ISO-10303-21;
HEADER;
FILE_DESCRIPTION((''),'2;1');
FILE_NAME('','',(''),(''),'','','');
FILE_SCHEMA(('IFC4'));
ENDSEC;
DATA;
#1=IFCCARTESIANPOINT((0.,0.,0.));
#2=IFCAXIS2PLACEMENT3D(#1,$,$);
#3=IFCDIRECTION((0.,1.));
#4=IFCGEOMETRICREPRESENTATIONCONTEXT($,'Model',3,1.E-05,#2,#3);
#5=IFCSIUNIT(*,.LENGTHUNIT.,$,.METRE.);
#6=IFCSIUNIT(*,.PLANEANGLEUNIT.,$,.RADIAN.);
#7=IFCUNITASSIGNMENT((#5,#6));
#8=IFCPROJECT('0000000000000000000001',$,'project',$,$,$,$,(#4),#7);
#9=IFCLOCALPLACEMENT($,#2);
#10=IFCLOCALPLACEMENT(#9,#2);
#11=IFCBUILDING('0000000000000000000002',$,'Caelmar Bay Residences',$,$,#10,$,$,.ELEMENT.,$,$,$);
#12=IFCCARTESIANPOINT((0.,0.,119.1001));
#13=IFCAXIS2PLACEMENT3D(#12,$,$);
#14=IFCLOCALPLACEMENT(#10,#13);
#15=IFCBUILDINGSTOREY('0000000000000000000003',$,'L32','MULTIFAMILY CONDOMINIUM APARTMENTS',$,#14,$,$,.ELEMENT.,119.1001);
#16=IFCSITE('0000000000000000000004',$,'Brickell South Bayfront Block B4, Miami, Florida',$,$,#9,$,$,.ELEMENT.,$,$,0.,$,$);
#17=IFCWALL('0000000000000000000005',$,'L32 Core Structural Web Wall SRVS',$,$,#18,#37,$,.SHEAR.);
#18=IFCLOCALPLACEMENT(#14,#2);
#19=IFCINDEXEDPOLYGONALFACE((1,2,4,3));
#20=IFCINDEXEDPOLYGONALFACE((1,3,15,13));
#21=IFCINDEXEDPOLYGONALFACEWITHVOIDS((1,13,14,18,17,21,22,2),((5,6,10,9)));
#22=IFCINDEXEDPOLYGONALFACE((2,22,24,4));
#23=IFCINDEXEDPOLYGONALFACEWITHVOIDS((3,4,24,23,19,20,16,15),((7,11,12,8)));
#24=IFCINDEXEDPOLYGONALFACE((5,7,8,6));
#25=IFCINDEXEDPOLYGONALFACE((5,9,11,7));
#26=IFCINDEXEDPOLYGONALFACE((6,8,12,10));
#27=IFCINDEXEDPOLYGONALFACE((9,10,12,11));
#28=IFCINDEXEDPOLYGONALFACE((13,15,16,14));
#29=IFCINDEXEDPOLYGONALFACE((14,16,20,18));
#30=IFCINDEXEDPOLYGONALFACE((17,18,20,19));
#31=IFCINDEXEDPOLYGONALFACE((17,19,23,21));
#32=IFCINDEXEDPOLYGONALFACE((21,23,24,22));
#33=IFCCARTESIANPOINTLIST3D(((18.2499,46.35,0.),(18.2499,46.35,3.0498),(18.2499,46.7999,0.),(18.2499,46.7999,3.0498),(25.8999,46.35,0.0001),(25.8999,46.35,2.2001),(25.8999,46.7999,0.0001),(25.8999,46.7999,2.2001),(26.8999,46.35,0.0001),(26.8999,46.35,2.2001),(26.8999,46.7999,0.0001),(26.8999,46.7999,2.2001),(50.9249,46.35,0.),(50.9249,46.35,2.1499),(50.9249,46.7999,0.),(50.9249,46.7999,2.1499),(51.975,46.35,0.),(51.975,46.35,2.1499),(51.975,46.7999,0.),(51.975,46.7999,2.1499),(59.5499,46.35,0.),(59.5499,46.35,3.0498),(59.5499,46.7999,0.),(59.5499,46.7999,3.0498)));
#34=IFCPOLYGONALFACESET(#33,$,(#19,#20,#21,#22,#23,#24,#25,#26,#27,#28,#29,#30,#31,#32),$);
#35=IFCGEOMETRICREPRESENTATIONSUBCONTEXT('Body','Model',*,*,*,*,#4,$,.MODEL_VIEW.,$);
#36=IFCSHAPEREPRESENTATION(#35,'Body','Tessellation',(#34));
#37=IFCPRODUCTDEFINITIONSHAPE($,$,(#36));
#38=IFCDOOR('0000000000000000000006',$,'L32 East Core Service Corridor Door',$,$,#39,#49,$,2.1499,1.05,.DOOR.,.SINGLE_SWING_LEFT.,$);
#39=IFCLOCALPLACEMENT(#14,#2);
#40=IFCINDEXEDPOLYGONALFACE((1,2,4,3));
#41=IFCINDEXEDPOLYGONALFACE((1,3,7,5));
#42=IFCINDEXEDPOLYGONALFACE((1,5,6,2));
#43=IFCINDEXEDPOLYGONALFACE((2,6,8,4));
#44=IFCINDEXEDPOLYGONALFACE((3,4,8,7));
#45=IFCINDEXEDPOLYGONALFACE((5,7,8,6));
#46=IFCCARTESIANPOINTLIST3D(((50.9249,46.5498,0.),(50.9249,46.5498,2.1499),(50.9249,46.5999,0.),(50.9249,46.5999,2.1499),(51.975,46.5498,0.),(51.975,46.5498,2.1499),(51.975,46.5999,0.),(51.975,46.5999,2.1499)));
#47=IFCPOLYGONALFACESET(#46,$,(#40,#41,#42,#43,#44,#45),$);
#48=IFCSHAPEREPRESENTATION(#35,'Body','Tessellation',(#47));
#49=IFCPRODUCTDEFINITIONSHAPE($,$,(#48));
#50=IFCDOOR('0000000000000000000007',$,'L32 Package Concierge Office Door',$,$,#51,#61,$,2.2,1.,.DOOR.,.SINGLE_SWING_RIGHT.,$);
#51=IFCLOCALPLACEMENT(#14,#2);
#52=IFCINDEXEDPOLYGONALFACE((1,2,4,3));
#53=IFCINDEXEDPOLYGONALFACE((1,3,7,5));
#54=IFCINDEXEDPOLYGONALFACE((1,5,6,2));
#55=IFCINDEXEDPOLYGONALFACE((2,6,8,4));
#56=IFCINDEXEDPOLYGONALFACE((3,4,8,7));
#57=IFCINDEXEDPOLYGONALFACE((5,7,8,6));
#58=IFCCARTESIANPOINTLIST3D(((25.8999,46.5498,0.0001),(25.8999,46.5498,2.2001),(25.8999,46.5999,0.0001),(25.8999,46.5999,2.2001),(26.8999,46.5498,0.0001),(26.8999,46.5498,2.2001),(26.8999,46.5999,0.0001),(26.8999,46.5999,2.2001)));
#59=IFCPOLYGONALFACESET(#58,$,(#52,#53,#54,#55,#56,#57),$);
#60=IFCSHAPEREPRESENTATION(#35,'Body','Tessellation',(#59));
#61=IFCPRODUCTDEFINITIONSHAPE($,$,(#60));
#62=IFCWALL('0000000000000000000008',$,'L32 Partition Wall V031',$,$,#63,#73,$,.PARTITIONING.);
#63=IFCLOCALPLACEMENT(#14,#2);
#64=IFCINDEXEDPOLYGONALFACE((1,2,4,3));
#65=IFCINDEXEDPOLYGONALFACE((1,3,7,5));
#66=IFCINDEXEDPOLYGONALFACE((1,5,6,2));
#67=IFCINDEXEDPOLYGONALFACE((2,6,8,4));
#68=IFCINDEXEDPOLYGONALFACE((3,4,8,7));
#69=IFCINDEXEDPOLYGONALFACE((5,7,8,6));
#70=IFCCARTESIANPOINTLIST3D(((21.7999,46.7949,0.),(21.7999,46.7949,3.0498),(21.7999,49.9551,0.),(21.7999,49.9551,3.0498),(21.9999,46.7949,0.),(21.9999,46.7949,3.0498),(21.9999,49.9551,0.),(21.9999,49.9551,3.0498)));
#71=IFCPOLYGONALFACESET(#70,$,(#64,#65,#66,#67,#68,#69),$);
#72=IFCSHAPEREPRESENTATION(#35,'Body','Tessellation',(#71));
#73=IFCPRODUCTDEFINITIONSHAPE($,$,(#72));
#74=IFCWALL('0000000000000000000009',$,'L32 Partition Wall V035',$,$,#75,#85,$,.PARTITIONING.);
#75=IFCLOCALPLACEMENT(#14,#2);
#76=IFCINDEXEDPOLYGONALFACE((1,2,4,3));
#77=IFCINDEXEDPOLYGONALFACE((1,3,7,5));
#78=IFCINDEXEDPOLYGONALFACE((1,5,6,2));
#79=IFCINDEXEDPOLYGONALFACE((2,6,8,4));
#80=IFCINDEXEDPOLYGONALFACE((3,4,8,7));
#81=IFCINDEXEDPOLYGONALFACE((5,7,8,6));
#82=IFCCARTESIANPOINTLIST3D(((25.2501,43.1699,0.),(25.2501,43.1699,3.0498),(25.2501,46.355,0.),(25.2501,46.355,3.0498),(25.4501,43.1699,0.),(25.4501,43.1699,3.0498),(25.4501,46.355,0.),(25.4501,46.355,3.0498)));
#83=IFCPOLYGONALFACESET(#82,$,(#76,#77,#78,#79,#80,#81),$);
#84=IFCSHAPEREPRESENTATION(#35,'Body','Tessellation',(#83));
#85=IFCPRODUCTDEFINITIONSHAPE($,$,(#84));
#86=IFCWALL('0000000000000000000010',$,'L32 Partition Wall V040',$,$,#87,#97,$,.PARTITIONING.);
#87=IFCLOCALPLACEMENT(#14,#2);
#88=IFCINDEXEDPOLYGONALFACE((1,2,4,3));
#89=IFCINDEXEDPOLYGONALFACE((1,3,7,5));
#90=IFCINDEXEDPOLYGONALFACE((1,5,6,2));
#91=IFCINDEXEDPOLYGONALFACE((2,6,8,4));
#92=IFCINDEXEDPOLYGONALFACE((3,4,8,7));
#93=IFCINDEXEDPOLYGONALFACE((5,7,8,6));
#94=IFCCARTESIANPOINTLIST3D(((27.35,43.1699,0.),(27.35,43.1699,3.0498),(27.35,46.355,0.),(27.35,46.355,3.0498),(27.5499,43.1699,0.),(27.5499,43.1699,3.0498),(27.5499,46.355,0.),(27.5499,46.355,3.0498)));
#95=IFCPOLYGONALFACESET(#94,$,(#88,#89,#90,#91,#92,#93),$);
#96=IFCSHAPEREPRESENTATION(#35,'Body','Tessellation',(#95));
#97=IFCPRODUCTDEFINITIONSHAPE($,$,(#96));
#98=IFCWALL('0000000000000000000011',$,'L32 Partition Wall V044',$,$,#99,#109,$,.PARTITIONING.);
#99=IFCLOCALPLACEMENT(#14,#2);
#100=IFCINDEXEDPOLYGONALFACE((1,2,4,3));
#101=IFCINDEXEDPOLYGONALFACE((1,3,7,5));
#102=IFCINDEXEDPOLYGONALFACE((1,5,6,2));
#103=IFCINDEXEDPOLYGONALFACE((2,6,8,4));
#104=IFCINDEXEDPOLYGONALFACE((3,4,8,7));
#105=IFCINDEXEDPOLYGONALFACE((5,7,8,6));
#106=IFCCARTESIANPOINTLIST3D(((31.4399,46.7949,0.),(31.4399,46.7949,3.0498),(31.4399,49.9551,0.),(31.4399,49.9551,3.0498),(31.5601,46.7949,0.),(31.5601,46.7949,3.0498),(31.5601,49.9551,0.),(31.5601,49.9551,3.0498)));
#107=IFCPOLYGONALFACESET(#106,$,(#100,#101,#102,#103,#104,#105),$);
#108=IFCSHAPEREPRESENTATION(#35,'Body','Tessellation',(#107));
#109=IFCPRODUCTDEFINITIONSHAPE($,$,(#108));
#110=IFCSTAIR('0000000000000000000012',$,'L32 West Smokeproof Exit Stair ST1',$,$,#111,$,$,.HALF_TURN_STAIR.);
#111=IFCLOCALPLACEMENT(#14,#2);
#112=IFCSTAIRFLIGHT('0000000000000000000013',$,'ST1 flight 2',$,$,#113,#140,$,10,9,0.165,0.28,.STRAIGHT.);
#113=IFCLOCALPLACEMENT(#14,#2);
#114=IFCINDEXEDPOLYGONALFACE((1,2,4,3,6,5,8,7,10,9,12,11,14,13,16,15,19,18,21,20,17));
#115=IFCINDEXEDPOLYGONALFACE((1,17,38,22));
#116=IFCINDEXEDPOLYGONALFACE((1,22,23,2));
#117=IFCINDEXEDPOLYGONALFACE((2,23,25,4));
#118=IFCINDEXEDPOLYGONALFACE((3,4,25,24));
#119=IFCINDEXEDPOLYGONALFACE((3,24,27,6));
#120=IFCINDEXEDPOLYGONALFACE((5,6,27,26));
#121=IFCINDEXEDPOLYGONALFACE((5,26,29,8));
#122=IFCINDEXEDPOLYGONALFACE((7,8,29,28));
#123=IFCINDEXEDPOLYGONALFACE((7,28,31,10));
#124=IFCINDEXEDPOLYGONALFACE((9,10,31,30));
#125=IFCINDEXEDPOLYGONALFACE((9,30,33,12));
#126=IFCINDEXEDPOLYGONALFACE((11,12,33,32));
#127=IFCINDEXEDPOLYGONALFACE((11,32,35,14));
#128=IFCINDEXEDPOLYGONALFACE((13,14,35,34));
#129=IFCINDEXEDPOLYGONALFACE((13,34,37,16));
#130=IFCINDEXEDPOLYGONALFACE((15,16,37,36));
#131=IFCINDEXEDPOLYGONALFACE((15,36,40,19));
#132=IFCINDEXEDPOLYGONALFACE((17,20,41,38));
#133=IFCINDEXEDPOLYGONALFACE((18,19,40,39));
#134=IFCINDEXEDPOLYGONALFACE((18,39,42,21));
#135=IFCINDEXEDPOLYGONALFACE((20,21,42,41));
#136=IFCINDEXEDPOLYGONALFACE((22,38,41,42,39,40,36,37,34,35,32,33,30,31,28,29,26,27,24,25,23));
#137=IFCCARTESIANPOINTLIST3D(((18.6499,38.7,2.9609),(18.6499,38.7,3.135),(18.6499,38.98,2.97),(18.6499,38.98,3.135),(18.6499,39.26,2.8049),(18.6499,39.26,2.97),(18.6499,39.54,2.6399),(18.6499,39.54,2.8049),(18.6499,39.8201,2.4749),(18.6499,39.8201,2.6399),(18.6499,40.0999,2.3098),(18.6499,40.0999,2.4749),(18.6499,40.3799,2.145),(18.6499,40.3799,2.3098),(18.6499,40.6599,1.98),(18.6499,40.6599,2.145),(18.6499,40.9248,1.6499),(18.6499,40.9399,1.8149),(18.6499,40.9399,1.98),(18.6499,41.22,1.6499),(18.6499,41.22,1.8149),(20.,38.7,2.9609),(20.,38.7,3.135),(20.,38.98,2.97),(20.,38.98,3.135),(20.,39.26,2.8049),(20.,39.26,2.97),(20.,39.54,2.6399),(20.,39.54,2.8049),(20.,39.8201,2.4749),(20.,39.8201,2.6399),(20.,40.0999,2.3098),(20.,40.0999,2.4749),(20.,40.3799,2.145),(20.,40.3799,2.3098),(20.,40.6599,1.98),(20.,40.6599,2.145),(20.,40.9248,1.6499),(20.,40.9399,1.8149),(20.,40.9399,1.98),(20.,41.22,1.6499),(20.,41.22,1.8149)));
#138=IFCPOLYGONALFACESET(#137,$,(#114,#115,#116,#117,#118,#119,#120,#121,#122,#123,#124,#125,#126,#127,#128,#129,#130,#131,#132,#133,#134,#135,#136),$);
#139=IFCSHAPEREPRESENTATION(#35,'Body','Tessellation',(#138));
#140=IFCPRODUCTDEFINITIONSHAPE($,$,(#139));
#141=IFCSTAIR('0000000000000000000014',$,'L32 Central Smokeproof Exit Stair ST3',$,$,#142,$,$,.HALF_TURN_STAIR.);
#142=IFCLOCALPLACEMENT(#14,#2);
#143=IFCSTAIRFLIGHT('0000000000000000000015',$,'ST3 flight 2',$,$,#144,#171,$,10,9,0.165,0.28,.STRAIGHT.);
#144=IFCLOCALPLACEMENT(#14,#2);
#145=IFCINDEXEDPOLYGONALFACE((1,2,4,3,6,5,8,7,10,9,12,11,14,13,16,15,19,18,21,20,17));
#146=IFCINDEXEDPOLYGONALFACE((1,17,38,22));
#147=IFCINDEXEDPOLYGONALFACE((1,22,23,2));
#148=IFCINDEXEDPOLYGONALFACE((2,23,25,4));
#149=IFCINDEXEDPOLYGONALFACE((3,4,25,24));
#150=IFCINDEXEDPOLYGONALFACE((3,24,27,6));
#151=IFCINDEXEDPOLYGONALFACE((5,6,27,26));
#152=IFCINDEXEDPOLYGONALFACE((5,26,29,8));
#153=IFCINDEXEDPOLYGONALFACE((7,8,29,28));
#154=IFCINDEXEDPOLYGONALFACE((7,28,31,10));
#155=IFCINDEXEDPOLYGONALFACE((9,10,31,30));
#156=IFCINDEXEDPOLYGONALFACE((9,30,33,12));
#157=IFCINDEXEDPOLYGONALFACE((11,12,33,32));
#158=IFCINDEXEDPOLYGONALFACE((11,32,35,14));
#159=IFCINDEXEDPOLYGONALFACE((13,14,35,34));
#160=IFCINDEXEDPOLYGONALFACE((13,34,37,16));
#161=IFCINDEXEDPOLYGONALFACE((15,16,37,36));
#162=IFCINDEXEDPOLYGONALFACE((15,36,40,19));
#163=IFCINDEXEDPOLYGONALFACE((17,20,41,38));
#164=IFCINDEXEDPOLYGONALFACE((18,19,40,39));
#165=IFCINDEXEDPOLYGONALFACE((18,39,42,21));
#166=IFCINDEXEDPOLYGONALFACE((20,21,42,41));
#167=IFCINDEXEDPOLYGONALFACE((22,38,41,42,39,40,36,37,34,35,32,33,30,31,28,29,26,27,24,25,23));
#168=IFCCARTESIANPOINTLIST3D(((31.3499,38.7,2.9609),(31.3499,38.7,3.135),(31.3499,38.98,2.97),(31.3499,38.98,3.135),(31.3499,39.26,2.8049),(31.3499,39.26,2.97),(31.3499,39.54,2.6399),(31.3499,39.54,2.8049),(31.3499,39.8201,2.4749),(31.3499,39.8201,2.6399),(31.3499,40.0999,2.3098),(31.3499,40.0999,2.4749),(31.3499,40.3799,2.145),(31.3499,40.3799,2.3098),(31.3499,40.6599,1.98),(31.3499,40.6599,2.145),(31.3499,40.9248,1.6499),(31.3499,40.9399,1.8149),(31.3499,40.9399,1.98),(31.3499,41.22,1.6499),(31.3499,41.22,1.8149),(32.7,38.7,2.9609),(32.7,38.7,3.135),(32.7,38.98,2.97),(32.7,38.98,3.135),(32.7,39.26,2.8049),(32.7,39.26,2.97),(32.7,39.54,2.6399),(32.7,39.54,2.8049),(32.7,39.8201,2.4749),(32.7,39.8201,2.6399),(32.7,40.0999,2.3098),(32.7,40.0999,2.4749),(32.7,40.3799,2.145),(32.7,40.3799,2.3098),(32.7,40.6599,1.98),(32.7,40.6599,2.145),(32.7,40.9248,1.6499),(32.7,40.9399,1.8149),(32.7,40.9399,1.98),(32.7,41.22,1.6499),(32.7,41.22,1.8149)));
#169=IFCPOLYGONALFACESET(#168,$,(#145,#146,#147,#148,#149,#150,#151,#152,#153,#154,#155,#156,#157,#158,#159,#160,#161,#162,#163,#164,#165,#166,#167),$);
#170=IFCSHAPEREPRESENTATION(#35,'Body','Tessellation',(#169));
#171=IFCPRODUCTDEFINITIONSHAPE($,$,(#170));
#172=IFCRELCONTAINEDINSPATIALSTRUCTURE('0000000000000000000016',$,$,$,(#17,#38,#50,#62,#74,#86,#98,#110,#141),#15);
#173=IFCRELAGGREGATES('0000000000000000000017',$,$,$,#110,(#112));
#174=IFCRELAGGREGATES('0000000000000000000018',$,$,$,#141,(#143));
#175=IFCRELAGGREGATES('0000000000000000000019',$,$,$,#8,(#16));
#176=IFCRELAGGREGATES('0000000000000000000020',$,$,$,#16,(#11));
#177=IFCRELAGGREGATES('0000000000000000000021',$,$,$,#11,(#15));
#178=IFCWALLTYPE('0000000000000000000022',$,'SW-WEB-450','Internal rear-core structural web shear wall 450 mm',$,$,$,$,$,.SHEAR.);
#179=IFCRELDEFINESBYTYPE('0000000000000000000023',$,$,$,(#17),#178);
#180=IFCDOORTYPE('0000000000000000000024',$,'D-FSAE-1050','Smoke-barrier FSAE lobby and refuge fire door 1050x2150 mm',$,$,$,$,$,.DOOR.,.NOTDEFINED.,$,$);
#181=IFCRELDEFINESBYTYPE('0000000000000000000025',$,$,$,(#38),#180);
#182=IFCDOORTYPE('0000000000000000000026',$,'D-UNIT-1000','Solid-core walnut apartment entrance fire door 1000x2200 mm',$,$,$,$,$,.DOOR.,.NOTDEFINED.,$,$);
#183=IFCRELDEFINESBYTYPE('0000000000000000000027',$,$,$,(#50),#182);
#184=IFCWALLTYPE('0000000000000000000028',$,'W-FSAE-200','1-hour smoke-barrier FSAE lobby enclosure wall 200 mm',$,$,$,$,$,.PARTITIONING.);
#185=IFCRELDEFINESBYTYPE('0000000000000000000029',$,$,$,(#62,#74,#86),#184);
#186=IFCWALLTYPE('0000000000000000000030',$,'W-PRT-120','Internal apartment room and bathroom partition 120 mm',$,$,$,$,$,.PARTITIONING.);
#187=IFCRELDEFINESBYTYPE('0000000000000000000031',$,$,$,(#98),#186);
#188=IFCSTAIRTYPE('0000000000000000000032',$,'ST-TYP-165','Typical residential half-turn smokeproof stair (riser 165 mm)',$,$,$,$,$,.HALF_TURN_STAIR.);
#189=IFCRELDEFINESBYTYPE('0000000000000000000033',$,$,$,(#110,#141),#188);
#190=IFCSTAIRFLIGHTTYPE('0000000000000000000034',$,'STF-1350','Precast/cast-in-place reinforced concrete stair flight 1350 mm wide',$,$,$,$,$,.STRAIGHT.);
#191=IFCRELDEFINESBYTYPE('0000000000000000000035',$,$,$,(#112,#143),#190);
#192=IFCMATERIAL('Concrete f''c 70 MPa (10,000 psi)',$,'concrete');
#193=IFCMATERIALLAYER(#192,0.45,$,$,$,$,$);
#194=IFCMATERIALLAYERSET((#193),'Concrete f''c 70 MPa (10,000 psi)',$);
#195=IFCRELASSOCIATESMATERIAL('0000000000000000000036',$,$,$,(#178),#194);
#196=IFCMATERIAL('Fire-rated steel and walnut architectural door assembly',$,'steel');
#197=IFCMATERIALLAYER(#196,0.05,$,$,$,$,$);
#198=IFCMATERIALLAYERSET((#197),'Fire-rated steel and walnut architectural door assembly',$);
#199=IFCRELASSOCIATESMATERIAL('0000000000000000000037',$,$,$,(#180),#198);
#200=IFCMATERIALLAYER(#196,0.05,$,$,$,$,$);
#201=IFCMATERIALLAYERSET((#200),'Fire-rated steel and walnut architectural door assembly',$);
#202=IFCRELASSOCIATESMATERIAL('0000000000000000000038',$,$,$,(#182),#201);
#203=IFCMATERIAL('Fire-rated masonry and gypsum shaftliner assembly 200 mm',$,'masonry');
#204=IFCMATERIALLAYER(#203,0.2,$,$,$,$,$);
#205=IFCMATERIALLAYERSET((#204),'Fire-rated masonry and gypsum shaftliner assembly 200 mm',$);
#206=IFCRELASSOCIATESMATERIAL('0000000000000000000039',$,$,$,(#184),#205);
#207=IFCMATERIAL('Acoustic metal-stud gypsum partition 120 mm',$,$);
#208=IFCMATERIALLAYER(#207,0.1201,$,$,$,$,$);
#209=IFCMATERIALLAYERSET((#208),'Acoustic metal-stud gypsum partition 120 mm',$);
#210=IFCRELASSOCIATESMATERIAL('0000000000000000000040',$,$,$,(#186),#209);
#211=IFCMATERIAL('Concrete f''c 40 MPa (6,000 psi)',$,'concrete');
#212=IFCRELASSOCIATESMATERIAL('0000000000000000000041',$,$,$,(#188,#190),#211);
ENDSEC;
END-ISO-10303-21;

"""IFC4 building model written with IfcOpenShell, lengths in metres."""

from ifc_helpers import new_model, si_unit, direction, frame, frame_2d, origin, place, context, subcontext, project, spatial, polyline, rectangle, outline, extrude, material, layer, layer_set, type_object, element, fill, aggregate, save


model = new_model("IFC4")

# Units and contexts
model_context = context("Model", 3, precision=1e-05, world=origin(), true_north=direction((0.0, 1.0)))
body_context = subcontext(model_context, "Body", "Model", "MODEL_VIEW")
ifc_project = project(units=[si_unit("LENGTHUNIT", "METRE"), si_unit("PLANEANGLEUNIT", "RADIAN")], contexts=[model_context])

# Site, building, storey
site_placement = place(None, origin())
site = spatial("IfcSite", under=ifc_project, at=site_placement, Name="Brickell South Bayfront Block B4, Miami, Florida", CompositionType="ELEMENT", RefElevation=0.0)
building_placement = place(site_placement, origin())
building = spatial("IfcBuilding", under=site, at=building_placement, Name="Caelmar Bay Residences", CompositionType="ELEMENT")
storey_placement = place(building_placement, frame((0.0, 0.0, 119.1001)))
storey = spatial("IfcBuildingStorey", under=building, at=storey_placement, Name="L32", Description="MULTIFAMILY CONDOMINIUM APARTMENTS", CompositionType="ELEMENT", Elevation=119.1001)

# Wall, openings, doors
ifc_material_1 = material(Name="Concrete f'c 70 MPa (10,000 psi)", Category="concrete")
ifc_layer_1 = layer(ifc_material_1, 0.45)
ifc_layer_set_1 = layer_set([ifc_layer_1], Name="Concrete f'c 70 MPa (10,000 psi)")
wall_type_1 = type_object("IfcWallType", Name="SW-WEB-450", Description="Internal rear-core structural web shear wall 450 mm", PredefinedType="SHEAR", material=ifc_layer_set_1)
ifc_material_2 = material(Name="Fire-rated steel and walnut architectural door assembly", Category="steel")
ifc_layer_2 = layer(ifc_material_2, 0.05)
ifc_layer_set_2 = layer_set([ifc_layer_2], Name="Fire-rated steel and walnut architectural door assembly")
door_type_1 = type_object("IfcDoorType", Name="D-FSAE-1050", Description="Smoke-barrier FSAE lobby and refuge fire door 1050x2150 mm", OperationType="NOTDEFINED", PredefinedType="DOOR", material=ifc_layer_set_2)
ifc_layer_3 = layer(ifc_material_2, 0.05)
ifc_layer_set_3 = layer_set([ifc_layer_3], Name="Fire-rated steel and walnut architectural door assembly")
door_type_2 = type_object("IfcDoorType", Name="D-UNIT-1000", Description="Solid-core walnut apartment entrance fire door 1000x2200 mm", OperationType="NOTDEFINED", PredefinedType="DOOR", material=ifc_layer_set_3)
wall_1_placement = place(storey_placement, frame((18.25, 46.575, 0.0), z_axis=(0.0, 0.0, 1.0), x_axis=(1.0, 0.0, 0.0)))
wall_1 = element("IfcWall", 1, at=wall_1_placement, inside=storey, type_object=wall_type_1, Name="L32 Core Structural Web Wall SRVS", PredefinedType="SHEAR", context=body_context, shape_type="SweptSolid", body=[
    extrude(rectangle(XDim=41.3, YDim=0.45, at=frame_2d((20.6499, 0.0))), origin(), (0.0, 0.0, 1.0), 3.0498),
])
opening_1_placement = place(wall_1_placement, frame((7.6499, 0.0, 0.0)))
opening_1 = element("IfcOpeningElement", 2, at=opening_1_placement, cuts=wall_1, PredefinedType="OPENING", context=body_context, shape_type="SweptSolid", body=[
    extrude(rectangle(XDim=1.0, YDim=2.2, at=frame_2d((0.5, 1.1001))), frame((0.0, 0.2349, 0.0), z_axis=(0.0, -1.0, 0.0), x_axis=(1.0, 0.0, 0.0)), (0.0, 0.0, 1.0), 0.47),
])
opening_2_placement = place(wall_1_placement, frame((32.675, 0.0, 0.0)))
opening_2 = element("IfcOpeningElement", 3, at=opening_2_placement, cuts=wall_1, PredefinedType="OPENING", context=body_context, shape_type="SweptSolid", body=[
    extrude(rectangle(XDim=1.05, YDim=2.1499, at=frame_2d((0.5249, 1.075))), frame((0.0, 0.2349, 0.0), z_axis=(0.0, -1.0, 0.0), x_axis=(1.0, 0.0, 0.0)), (0.0, 0.0, 1.0), 0.47),
])
door_1_placement = place(opening_2_placement, origin())
door_1 = element("IfcDoor", 4, at=door_1_placement, inside=storey, type_object=door_type_1, Name="L32 East Core Service Corridor Door", OperationType="SINGLE_SWING_LEFT", OverallHeight=2.1499, OverallWidth=1.05, PredefinedType="DOOR", context=body_context, shape_type="SweptSolid", body=[
    extrude(rectangle(XDim=1.05, YDim=2.1499, at=frame_2d((0.5249, 1.075))), frame((0.0, 0.0249, 0.0), z_axis=(0.0, -1.0, 0.0), x_axis=(1.0, 0.0, 0.0)), (0.0, 0.0, 1.0), 0.05),
])
fill(opening_2, door_1)
door_2_placement = place(opening_1_placement, origin())
door_2 = element("IfcDoor", 5, at=door_2_placement, inside=storey, type_object=door_type_2, Name="L32 Package Concierge Office Door", OperationType="SINGLE_SWING_RIGHT", OverallHeight=2.2, OverallWidth=1.0, PredefinedType="DOOR", context=body_context, shape_type="SweptSolid", body=[
    extrude(rectangle(XDim=1.0, YDim=2.2, at=frame_2d((0.5, 1.1001))), frame((0.0, 0.0249, 0.0), z_axis=(0.0, -1.0, 0.0), x_axis=(1.0, 0.0, 0.0)), (0.0, 0.0, 1.0), 0.05),
])
fill(opening_1, door_2)

# Walls
ifc_material_3 = material(Name="Fire-rated masonry and gypsum shaftliner assembly 200 mm", Category="masonry")
ifc_layer_4 = layer(ifc_material_3, 0.2)
ifc_layer_set_4 = layer_set([ifc_layer_4], Name="Fire-rated masonry and gypsum shaftliner assembly 200 mm")
wall_type_2 = type_object("IfcWallType", Name="W-FSAE-200", Description="1-hour smoke-barrier FSAE lobby enclosure wall 200 mm", PredefinedType="PARTITIONING", material=ifc_layer_set_4)
wall_2_placement = place(storey_placement, frame((21.8999, 46.7949, 0.0), z_axis=(0.0, 0.0, 1.0), x_axis=(0.0, 1.0, 0.0)))
element("IfcWall", 6, at=wall_2_placement, inside=storey, type_object=wall_type_2, Name="L32 Partition Wall V031", PredefinedType="PARTITIONING", context=body_context, shape_type="SweptSolid", body=[
    extrude(rectangle(XDim=3.1602, YDim=0.2, at=frame_2d((1.5801, 0.0))), origin(), (0.0, 0.0, 1.0), 3.0498),
])
for number, where, z_axis, x_axis, name in (
    (7, (25.3501, 43.1699, 0.0), (0.0, 0.0, 1.0), (0.0, 1.0, 0.0), "L32 Partition Wall V035"),
    (8, (27.45, 43.1699, 0.0), (0.0, 0.0, 1.0), (0.0, 1.0, 0.0), "L32 Partition Wall V040"),
):
    element("IfcWall", number, at=place(storey_placement, frame(where, z_axis=z_axis, x_axis=x_axis)), inside=storey, type_object=wall_type_2, Name=name, PredefinedType="PARTITIONING", context=body_context, shape_type="SweptSolid", body=[
        extrude(rectangle(XDim=3.1851, YDim=0.2, at=frame_2d((1.5925, 0.0))), origin(), (0.0, 0.0, 1.0), 3.0498),
    ])
ifc_material_4 = material(Name="Acoustic metal-stud gypsum partition 120 mm")
ifc_layer_5 = layer(ifc_material_4, 0.1201)
ifc_layer_set_5 = layer_set([ifc_layer_5], Name="Acoustic metal-stud gypsum partition 120 mm")
wall_type_3 = type_object("IfcWallType", Name="W-PRT-120", Description="Internal apartment room and bathroom partition 120 mm", PredefinedType="PARTITIONING", material=ifc_layer_set_5)
wall_3_placement = place(storey_placement, frame((31.5, 46.7949, 0.0), z_axis=(0.0, 0.0, 1.0), x_axis=(0.0, 1.0, 0.0)))
element("IfcWall", 9, at=wall_3_placement, inside=storey, type_object=wall_type_3, Name="L32 Partition Wall V044", PredefinedType="PARTITIONING", context=body_context, shape_type="SweptSolid", body=[
    extrude(rectangle(XDim=3.1602, YDim=0.1201, at=frame_2d((1.5801, 0.0))), origin(), (0.0, 0.0, 1.0), 3.0498),
])

# Stairs, stair flights
ifc_material_5 = material(Name="Concrete f'c 40 MPa (6,000 psi)", Category="concrete")
stair_type = type_object("IfcStairType", Name="ST-TYP-165", Description="Typical residential half-turn smokeproof stair (riser 165 mm)", PredefinedType="HALF_TURN_STAIR", material=ifc_material_5)
stair_1_placement = place(storey_placement, origin())
stair_1 = element("IfcStair", 10, at=stair_1_placement, inside=storey, type_object=stair_type, Name="L32 West Smokeproof Exit Stair ST1", PredefinedType="HALF_TURN_STAIR")
stair_flight_type = type_object("IfcStairFlightType", Name="STF-1350", Description="Precast/cast-in-place reinforced concrete stair flight 1350 mm wide", PredefinedType="STRAIGHT", material=ifc_material_5)
stair_flight_1_placement = place(storey_placement, frame((19.325, 41.22, 1.6499), z_axis=(0.0, 0.0, 1.0), x_axis=(0.0, -1.0, 0.0)))
stair_flight_1 = element("IfcStairFlight", 11, at=stair_flight_1_placement, type_object=stair_flight_type, Name="ST1 flight 2", NumberOfRisers=10, NumberOfTreads=9, PredefinedType="STRAIGHT", RiserHeight=0.165, TreadLength=0.28, context=body_context, shape_type="SweptSolid", body=[
    extrude(outline(polyline([(0.0, 0.0), (0.0, 0.165), (0.28, 0.165), (0.28, 0.3301), (0.5601, 0.3301), (0.5601, 0.4951), (0.8401, 0.4951), (0.8401, 0.6599), (1.1201, 0.6599), (1.1201, 0.825), (1.3999, 0.825), (1.3999, 0.99), (1.6799, 0.99), (1.6799, 1.155), (1.96, 1.155), (1.96, 1.3201), (2.24, 1.3201), (2.24, 1.4851), (2.52, 1.4851), (2.52, 1.6499), (2.52, 1.311), (0.2952, 0.0), (0.0, 0.0)])), frame((0.0, 0.675, 0.0), z_axis=(0.0, -1.0, 0.0), x_axis=(1.0, 0.0, 0.0)), (0.0, 0.0, 1.0), 1.3501),
])
aggregate(stair_1, [stair_flight_1])
stair_2_placement = place(storey_placement, origin())
stair_2 = element("IfcStair", 12, at=stair_2_placement, inside=storey, type_object=stair_type, Name="L32 Central Smokeproof Exit Stair ST3", PredefinedType="HALF_TURN_STAIR")
stair_flight_2_placement = place(storey_placement, frame((32.0249, 41.22, 1.6499), z_axis=(0.0, 0.0, 1.0), x_axis=(0.0, -1.0, 0.0)))
stair_flight_2 = element("IfcStairFlight", 13, at=stair_flight_2_placement, type_object=stair_flight_type, Name="ST3 flight 2", NumberOfRisers=10, NumberOfTreads=9, PredefinedType="STRAIGHT", RiserHeight=0.165, TreadLength=0.28, context=body_context, shape_type="SweptSolid", body=[
    extrude(outline(polyline([(0.0, 0.0), (0.0, 0.165), (0.28, 0.165), (0.28, 0.3301), (0.5601, 0.3301), (0.5601, 0.4951), (0.8401, 0.4951), (0.8401, 0.6599), (1.1201, 0.6599), (1.1201, 0.825), (1.3999, 0.825), (1.3999, 0.99), (1.6799, 0.99), (1.6799, 1.155), (1.96, 1.155), (1.96, 1.3201), (2.24, 1.3201), (2.24, 1.4851), (2.52, 1.4851), (2.52, 1.6499), (2.52, 1.311), (0.2952, 0.0), (0.0, 0.0)])), frame((0.0, 0.675, 0.0), z_axis=(0.0, -1.0, 0.0), x_axis=(1.0, 0.0, 0.0)), (0.0, 0.0, 1.0), 1.3501),
])
aggregate(stair_2, [stair_flight_2])

save(model, "model.ifc")
